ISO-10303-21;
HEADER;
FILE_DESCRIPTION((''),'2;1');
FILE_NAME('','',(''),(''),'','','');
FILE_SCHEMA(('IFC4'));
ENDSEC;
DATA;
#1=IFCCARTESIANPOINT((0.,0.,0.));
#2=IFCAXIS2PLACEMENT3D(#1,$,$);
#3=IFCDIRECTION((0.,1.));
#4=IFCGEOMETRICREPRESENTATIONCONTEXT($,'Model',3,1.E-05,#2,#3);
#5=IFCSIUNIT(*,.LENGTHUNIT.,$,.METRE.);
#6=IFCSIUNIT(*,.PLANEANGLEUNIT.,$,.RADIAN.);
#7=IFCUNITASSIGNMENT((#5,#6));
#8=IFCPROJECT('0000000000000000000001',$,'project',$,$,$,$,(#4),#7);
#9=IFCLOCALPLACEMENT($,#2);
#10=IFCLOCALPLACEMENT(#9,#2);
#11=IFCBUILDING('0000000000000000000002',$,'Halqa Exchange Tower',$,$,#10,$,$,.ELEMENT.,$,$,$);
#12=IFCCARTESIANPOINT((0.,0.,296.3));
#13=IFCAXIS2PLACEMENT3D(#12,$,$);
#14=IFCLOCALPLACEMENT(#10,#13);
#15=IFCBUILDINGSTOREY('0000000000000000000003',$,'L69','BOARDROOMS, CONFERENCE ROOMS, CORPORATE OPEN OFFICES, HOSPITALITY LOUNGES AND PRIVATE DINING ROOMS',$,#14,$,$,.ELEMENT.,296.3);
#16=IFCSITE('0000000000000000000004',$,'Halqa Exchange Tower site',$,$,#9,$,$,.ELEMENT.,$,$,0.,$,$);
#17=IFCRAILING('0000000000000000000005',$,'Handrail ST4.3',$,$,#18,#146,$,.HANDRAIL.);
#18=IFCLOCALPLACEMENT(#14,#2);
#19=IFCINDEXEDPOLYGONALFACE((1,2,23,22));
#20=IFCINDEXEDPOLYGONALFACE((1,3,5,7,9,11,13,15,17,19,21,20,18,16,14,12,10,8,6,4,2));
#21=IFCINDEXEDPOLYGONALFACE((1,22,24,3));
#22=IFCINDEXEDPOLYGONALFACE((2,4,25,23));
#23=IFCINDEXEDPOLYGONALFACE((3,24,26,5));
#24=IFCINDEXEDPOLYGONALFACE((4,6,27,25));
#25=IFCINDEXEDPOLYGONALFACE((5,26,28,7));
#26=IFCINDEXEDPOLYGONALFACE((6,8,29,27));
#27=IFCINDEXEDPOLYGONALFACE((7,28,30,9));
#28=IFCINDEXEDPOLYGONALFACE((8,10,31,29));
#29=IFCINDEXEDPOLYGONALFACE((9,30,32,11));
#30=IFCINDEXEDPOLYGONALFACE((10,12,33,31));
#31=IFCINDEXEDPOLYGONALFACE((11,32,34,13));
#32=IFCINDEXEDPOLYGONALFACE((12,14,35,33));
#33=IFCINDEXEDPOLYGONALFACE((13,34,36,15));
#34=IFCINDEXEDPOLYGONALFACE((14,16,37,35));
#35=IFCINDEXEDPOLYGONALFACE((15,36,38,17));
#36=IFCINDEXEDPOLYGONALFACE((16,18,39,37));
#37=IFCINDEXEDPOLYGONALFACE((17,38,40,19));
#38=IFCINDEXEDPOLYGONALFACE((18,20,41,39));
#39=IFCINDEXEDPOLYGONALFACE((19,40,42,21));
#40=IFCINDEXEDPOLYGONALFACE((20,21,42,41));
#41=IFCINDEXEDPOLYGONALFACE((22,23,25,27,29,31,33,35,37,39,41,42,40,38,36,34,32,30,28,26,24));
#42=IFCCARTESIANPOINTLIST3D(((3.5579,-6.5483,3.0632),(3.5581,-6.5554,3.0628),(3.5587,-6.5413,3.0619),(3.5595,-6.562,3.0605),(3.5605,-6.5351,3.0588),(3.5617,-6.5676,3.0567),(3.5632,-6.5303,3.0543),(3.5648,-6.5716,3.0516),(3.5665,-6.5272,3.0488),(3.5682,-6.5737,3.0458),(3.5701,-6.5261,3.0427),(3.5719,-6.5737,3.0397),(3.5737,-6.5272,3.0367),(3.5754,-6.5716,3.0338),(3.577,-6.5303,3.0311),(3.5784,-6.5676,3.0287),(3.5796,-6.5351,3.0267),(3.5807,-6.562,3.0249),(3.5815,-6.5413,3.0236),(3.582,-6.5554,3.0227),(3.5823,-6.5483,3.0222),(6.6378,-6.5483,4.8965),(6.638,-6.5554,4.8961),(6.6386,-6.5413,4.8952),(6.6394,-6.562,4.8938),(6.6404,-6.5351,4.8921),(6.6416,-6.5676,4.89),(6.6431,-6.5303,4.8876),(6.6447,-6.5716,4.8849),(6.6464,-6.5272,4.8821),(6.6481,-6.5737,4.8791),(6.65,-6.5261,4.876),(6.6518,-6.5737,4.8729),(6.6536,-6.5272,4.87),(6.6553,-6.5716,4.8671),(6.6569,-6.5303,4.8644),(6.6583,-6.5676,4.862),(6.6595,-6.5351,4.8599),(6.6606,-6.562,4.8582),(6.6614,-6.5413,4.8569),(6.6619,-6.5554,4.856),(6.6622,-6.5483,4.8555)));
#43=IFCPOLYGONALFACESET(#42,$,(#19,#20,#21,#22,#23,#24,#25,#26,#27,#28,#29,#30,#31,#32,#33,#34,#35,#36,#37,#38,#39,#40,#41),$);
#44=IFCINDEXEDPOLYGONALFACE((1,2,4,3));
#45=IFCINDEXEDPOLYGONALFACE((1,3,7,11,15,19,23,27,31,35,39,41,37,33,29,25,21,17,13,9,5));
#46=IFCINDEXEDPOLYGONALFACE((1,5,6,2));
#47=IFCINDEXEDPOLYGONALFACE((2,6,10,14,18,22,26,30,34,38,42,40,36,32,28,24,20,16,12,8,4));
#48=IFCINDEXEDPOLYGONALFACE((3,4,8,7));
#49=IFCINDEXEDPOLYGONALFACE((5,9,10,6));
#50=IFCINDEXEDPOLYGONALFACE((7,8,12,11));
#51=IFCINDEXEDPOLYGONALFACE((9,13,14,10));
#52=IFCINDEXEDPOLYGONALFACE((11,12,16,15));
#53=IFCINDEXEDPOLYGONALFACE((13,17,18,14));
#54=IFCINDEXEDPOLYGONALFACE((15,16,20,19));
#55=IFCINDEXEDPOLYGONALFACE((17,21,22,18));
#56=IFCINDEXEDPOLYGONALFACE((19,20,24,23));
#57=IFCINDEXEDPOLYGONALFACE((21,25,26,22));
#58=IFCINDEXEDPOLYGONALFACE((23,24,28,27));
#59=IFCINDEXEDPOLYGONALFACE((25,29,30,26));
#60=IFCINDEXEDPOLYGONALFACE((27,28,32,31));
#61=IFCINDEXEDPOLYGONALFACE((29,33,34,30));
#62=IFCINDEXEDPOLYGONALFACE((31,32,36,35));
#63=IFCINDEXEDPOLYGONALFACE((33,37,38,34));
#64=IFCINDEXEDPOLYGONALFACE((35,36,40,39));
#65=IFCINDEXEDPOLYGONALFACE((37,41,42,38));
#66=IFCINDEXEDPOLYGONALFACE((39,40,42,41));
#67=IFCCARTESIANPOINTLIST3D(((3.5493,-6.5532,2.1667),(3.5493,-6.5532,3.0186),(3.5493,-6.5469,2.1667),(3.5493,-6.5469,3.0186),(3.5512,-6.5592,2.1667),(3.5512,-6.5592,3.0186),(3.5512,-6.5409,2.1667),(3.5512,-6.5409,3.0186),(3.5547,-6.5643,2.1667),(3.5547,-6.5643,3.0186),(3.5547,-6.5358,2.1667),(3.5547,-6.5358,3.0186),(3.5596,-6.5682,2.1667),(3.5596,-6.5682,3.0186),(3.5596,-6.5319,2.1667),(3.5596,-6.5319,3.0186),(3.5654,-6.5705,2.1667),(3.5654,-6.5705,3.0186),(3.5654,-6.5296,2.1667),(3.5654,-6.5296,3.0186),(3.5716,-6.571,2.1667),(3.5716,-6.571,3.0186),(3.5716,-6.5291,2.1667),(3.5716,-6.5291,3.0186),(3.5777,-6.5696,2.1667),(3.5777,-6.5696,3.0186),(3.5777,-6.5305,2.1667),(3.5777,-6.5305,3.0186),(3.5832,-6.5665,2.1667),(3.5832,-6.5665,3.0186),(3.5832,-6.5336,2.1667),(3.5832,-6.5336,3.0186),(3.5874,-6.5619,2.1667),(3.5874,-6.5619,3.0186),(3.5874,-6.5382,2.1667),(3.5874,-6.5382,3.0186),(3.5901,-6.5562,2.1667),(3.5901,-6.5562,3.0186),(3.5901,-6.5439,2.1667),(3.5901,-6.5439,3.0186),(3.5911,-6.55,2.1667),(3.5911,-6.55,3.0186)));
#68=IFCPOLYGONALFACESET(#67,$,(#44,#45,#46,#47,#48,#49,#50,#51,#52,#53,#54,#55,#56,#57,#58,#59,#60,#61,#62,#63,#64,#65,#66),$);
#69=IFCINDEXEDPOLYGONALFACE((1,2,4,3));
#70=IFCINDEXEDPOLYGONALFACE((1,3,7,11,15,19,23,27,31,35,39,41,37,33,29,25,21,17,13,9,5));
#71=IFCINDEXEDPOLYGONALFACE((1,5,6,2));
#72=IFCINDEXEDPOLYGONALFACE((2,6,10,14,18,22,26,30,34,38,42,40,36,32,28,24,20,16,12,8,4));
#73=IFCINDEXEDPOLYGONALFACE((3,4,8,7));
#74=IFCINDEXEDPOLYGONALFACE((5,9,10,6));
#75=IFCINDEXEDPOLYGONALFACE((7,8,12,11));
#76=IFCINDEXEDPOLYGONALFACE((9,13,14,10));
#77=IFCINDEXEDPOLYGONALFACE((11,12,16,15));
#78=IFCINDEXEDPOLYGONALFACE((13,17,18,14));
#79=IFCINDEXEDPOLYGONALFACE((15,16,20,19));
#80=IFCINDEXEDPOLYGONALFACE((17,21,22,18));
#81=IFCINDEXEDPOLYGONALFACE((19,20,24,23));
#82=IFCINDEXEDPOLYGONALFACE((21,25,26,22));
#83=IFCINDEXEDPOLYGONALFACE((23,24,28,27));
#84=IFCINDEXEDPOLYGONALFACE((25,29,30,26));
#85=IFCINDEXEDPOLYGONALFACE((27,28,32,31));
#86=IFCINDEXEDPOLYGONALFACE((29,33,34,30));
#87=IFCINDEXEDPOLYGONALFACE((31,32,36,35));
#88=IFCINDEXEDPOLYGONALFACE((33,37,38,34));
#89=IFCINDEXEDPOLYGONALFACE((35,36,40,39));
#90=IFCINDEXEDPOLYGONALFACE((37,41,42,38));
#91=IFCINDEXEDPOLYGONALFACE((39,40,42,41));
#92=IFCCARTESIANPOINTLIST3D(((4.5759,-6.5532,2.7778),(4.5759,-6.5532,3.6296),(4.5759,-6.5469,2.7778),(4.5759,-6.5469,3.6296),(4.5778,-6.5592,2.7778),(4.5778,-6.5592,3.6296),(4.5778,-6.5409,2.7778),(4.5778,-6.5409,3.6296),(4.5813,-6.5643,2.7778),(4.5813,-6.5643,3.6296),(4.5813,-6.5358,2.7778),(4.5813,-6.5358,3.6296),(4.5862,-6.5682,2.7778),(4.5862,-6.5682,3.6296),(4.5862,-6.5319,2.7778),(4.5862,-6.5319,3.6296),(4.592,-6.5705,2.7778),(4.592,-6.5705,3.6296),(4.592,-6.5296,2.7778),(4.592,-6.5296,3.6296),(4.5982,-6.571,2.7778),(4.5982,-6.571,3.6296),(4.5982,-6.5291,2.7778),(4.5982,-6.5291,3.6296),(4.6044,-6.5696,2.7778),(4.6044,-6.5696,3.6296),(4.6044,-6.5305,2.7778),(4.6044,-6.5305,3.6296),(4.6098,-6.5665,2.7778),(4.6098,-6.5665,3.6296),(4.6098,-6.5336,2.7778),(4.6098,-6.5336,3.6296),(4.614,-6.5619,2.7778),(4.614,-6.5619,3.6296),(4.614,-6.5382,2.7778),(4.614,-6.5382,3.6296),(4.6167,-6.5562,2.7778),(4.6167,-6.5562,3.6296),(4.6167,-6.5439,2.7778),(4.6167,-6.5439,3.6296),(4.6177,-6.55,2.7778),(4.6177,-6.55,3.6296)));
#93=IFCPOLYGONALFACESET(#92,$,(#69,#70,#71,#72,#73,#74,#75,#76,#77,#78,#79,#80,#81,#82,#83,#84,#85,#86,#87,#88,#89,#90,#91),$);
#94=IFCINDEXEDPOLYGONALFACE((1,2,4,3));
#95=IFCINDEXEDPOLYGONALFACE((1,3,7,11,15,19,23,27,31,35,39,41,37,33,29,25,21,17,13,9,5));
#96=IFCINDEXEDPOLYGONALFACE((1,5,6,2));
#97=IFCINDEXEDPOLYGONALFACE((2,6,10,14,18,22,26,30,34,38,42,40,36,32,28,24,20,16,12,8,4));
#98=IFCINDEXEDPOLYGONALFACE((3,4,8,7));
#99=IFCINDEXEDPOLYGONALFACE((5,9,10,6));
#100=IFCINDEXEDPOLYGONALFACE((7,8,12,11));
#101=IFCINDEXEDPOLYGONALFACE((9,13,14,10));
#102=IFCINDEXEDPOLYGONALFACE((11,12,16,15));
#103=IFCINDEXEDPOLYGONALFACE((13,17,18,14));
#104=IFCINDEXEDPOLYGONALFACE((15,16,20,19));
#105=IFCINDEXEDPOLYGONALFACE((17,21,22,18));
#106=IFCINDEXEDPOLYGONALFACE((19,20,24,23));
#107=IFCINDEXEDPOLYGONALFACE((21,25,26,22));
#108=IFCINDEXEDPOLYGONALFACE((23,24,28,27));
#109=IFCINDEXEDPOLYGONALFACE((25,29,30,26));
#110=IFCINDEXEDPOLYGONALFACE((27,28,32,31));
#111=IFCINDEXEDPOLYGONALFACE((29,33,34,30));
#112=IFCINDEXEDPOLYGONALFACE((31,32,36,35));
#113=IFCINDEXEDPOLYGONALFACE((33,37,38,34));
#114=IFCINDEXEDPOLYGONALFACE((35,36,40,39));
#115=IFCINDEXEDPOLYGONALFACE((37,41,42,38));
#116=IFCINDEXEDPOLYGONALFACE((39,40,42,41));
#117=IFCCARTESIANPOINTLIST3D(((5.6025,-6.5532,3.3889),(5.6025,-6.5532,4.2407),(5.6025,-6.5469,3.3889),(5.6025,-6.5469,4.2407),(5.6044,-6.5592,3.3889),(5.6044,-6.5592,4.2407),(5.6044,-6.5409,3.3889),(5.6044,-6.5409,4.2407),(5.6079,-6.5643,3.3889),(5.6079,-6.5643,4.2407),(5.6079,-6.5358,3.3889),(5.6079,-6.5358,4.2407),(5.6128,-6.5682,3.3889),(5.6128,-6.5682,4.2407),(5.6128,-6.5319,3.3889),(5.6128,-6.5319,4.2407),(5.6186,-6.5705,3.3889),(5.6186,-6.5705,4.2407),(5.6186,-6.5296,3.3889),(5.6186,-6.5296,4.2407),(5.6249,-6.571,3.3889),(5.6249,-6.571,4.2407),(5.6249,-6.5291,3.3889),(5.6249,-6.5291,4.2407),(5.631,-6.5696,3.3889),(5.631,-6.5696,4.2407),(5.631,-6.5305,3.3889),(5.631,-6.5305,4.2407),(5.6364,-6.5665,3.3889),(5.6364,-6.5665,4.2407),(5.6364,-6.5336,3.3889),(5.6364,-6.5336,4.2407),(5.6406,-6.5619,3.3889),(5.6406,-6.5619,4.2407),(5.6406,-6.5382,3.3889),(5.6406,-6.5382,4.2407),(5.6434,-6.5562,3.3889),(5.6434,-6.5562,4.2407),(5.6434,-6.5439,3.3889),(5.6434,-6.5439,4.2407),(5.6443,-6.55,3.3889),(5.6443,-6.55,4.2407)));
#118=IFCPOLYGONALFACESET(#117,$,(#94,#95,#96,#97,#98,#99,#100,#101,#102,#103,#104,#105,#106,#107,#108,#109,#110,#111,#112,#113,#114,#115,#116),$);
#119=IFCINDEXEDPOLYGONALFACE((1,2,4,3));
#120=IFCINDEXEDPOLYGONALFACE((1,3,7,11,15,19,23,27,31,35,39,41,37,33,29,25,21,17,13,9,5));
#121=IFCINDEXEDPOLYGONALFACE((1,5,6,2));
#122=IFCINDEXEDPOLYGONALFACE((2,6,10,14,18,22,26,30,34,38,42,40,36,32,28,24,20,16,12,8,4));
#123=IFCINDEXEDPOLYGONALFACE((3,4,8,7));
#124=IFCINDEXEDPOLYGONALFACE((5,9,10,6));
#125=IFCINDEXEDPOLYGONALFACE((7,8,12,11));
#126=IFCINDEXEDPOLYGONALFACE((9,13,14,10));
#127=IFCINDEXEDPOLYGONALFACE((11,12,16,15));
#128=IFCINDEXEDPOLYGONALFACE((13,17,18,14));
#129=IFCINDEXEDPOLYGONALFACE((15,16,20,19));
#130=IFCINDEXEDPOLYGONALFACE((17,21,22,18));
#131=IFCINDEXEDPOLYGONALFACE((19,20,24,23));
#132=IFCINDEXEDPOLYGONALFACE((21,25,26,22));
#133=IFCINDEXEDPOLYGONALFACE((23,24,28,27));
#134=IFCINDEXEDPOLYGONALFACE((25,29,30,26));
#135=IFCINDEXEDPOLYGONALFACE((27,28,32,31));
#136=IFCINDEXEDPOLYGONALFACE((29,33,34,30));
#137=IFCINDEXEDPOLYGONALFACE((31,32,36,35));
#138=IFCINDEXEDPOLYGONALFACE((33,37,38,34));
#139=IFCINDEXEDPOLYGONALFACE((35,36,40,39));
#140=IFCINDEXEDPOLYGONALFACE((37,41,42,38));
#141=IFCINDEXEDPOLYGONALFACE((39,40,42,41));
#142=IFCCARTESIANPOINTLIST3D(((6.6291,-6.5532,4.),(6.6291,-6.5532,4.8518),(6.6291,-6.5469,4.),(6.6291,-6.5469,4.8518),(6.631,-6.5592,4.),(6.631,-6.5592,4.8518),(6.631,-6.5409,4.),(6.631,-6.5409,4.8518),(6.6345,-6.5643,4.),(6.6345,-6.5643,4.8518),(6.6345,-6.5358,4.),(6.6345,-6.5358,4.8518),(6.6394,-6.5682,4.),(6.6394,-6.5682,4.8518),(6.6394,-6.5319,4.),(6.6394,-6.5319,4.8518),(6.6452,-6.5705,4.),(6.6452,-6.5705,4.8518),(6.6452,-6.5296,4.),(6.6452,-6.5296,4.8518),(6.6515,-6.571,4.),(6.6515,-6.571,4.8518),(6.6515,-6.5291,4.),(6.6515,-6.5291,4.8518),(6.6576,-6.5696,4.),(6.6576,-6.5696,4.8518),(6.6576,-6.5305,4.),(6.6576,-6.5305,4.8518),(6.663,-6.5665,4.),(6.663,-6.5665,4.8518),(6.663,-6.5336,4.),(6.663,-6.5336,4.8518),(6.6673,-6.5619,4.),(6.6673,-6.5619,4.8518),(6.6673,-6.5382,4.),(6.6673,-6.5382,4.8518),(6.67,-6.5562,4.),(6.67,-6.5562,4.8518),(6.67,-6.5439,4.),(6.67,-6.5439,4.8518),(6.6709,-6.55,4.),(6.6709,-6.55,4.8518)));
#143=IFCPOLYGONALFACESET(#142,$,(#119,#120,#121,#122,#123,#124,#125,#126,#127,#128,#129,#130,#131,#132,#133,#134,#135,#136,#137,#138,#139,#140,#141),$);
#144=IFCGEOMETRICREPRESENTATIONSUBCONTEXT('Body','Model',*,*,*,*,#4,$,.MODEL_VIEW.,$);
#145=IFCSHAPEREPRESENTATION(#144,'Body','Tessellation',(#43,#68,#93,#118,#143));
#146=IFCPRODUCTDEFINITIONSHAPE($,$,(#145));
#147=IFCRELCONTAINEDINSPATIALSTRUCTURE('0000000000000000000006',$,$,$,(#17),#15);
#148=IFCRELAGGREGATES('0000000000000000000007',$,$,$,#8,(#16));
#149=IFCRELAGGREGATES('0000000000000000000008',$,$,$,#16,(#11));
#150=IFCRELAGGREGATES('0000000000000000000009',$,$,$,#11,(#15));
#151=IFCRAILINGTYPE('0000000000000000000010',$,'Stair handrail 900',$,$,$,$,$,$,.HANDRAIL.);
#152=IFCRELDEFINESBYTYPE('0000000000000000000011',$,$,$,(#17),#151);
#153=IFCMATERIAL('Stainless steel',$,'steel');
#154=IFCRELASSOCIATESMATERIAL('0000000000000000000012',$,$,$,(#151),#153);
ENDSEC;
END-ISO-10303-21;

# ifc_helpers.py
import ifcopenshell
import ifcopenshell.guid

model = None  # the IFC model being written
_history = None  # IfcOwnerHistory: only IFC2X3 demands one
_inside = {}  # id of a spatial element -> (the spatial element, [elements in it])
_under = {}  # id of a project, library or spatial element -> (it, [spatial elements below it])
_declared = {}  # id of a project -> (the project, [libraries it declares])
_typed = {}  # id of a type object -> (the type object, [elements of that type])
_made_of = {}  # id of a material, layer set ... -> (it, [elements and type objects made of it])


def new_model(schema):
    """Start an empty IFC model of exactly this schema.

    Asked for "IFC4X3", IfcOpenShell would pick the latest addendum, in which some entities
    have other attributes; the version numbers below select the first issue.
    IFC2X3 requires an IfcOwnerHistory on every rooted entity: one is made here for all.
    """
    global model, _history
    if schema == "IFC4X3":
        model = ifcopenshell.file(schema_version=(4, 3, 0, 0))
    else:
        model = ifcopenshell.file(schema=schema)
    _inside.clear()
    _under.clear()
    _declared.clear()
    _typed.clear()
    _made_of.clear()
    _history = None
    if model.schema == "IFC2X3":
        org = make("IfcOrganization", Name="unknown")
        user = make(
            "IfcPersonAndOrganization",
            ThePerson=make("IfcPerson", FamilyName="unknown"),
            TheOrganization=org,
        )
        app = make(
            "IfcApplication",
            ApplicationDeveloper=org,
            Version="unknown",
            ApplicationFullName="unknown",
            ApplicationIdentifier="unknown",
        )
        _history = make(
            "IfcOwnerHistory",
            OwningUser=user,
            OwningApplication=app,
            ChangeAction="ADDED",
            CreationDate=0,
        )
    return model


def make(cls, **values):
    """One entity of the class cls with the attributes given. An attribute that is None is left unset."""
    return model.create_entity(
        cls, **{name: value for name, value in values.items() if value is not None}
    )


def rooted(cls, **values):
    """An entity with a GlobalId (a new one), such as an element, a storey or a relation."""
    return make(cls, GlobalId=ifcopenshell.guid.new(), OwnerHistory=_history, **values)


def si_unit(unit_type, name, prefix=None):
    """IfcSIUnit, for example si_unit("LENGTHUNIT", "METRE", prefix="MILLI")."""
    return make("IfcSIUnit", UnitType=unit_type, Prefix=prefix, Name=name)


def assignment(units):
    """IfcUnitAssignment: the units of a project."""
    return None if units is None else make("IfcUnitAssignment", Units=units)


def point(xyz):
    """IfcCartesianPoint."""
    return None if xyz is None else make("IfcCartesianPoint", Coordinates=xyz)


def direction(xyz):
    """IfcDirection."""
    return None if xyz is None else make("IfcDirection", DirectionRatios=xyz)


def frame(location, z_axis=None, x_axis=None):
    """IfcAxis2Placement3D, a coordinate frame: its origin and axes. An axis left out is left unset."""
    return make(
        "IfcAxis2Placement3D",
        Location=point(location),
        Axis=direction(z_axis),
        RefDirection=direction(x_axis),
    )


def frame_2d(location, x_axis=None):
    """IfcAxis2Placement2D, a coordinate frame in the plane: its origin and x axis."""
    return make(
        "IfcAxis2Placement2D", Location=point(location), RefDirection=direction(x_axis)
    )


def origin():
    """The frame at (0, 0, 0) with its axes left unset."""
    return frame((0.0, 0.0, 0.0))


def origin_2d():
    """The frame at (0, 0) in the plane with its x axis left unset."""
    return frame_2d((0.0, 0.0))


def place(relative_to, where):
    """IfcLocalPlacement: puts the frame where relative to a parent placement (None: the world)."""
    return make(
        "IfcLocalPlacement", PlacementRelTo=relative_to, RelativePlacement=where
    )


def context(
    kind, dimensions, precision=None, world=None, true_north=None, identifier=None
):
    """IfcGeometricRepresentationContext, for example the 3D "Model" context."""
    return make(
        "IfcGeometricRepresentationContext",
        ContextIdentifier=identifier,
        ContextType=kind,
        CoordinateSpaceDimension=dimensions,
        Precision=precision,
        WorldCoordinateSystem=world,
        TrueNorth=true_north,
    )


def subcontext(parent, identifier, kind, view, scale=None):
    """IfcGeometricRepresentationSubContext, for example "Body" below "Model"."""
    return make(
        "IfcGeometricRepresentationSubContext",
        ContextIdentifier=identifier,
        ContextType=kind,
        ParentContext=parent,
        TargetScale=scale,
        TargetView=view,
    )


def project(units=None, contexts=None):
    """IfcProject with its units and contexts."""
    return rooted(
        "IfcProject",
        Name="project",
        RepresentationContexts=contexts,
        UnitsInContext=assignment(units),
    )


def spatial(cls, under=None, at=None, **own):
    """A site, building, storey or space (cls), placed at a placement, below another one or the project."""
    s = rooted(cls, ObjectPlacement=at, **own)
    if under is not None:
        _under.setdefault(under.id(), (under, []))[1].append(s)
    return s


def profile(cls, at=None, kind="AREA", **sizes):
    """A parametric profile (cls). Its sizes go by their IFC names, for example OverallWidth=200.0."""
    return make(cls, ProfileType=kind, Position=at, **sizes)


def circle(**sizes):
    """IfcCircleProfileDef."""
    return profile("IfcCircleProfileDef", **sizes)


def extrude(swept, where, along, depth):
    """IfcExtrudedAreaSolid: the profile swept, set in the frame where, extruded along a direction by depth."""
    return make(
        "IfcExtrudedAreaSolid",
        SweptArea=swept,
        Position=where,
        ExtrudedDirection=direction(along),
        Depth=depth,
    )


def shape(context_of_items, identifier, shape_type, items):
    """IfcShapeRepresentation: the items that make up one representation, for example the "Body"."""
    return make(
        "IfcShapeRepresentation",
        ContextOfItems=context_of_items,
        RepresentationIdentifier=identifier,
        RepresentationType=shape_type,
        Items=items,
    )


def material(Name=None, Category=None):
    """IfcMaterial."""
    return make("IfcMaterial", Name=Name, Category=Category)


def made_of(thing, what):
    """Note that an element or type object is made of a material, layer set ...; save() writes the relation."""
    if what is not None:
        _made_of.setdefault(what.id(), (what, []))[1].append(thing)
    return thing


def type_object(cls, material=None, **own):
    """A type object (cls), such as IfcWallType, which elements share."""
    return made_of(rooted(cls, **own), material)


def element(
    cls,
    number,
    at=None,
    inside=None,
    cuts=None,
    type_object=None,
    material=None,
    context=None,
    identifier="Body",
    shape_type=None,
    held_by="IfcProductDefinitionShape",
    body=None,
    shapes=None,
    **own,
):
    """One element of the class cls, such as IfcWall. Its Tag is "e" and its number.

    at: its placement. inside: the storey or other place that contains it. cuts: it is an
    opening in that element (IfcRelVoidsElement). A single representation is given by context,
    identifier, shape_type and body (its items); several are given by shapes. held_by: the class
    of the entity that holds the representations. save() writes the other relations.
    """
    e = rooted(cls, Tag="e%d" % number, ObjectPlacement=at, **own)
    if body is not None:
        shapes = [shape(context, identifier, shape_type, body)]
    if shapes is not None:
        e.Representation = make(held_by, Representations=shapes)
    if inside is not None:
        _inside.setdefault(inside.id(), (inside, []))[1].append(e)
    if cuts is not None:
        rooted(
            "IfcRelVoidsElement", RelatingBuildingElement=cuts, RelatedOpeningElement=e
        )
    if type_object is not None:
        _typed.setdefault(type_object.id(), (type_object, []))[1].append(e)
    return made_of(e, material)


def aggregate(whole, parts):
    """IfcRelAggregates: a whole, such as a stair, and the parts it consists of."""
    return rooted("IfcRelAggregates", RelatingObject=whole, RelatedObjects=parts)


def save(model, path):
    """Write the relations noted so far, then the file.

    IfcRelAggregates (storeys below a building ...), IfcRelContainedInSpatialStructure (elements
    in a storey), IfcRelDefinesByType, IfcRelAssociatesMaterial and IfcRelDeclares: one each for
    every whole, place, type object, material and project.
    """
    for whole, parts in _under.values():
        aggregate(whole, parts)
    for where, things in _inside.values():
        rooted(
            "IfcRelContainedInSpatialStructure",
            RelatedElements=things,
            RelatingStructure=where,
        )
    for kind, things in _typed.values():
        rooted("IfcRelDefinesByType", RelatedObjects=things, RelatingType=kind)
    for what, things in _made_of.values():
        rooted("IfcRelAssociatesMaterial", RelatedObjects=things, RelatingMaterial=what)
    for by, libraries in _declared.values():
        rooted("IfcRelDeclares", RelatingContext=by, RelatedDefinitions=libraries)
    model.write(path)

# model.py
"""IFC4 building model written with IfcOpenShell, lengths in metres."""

from ifc_helpers import new_model, si_unit, direction, frame, origin, origin_2d, place, context, subcontext, project, spatial, circle, extrude, material, type_object, element, save


model = new_model("IFC4")

# Units and contexts
model_context = context("Model", 3, precision=1e-05, world=origin(), true_north=direction((0.0, 1.0)))
body_context = subcontext(model_context, "Body", "Model", "MODEL_VIEW")
ifc_project = project(units=[si_unit("LENGTHUNIT", "METRE"), si_unit("PLANEANGLEUNIT", "RADIAN")], contexts=[model_context])

# Site, building, storey
site_placement = place(None, origin())
site = spatial("IfcSite", under=ifc_project, at=site_placement, Name="Halqa Exchange Tower site", CompositionType="ELEMENT", RefElevation=0.0)
building_placement = place(site_placement, origin())
building = spatial("IfcBuilding", under=site, at=building_placement, Name="Halqa Exchange Tower", CompositionType="ELEMENT")
storey_placement = place(building_placement, frame((0.0, 0.0, 296.3)))
storey = spatial("IfcBuildingStorey", under=building, at=storey_placement, Name="L69", Description="BOARDROOMS, CONFERENCE ROOMS, CORPORATE OPEN OFFICES, HOSPITALITY LOUNGES AND PRIVATE DINING ROOMS", CompositionType="ELEMENT", Elevation=296.3)

# Railing
ifc_material_1 = material(Name="Stainless steel", Category="steel")
railing_type_1 = type_object("IfcRailingType", Name="Stair handrail 900", PredefinedType="HANDRAIL", material=ifc_material_1)
railing_1_placement = place(storey_placement, frame((3.5701, -6.55, 2.1667)))
element("IfcRailing", 1, at=railing_1_placement, inside=storey, type_object=railing_type_1, Name="Handrail ST4.3", PredefinedType="HANDRAIL", context=body_context, shape_type="SweptSolid", body=[
    extrude(circle(Radius=0.0239, at=origin_2d()), frame((0.0, 0.0, 0.876), z_axis=(0.859291, 0.0, 0.511487), x_axis=(0.0, 1.0, 0.0)), (0.0, 0.0, 1.0), 3.5842),
    extrude(circle(Radius=0.021, at=origin_2d()), origin(), (0.0, 0.0, 1.0), 0.8518),
    extrude(circle(Radius=0.021, at=origin_2d()), frame((1.0266, 0.0, 0.6111)), (0.0, 0.0, 1.0), 0.8518),
    extrude(circle(Radius=0.021, at=origin_2d()), frame((2.0532, 0.0, 1.2222)), (0.0, 0.0, 1.0), 0.8518),
    extrude(circle(Radius=0.021, at=origin_2d()), frame((3.0798, 0.0, 1.8333)), (0.0, 0.0, 1.0), 0.8518),
])

save(model, "model.ifc")
